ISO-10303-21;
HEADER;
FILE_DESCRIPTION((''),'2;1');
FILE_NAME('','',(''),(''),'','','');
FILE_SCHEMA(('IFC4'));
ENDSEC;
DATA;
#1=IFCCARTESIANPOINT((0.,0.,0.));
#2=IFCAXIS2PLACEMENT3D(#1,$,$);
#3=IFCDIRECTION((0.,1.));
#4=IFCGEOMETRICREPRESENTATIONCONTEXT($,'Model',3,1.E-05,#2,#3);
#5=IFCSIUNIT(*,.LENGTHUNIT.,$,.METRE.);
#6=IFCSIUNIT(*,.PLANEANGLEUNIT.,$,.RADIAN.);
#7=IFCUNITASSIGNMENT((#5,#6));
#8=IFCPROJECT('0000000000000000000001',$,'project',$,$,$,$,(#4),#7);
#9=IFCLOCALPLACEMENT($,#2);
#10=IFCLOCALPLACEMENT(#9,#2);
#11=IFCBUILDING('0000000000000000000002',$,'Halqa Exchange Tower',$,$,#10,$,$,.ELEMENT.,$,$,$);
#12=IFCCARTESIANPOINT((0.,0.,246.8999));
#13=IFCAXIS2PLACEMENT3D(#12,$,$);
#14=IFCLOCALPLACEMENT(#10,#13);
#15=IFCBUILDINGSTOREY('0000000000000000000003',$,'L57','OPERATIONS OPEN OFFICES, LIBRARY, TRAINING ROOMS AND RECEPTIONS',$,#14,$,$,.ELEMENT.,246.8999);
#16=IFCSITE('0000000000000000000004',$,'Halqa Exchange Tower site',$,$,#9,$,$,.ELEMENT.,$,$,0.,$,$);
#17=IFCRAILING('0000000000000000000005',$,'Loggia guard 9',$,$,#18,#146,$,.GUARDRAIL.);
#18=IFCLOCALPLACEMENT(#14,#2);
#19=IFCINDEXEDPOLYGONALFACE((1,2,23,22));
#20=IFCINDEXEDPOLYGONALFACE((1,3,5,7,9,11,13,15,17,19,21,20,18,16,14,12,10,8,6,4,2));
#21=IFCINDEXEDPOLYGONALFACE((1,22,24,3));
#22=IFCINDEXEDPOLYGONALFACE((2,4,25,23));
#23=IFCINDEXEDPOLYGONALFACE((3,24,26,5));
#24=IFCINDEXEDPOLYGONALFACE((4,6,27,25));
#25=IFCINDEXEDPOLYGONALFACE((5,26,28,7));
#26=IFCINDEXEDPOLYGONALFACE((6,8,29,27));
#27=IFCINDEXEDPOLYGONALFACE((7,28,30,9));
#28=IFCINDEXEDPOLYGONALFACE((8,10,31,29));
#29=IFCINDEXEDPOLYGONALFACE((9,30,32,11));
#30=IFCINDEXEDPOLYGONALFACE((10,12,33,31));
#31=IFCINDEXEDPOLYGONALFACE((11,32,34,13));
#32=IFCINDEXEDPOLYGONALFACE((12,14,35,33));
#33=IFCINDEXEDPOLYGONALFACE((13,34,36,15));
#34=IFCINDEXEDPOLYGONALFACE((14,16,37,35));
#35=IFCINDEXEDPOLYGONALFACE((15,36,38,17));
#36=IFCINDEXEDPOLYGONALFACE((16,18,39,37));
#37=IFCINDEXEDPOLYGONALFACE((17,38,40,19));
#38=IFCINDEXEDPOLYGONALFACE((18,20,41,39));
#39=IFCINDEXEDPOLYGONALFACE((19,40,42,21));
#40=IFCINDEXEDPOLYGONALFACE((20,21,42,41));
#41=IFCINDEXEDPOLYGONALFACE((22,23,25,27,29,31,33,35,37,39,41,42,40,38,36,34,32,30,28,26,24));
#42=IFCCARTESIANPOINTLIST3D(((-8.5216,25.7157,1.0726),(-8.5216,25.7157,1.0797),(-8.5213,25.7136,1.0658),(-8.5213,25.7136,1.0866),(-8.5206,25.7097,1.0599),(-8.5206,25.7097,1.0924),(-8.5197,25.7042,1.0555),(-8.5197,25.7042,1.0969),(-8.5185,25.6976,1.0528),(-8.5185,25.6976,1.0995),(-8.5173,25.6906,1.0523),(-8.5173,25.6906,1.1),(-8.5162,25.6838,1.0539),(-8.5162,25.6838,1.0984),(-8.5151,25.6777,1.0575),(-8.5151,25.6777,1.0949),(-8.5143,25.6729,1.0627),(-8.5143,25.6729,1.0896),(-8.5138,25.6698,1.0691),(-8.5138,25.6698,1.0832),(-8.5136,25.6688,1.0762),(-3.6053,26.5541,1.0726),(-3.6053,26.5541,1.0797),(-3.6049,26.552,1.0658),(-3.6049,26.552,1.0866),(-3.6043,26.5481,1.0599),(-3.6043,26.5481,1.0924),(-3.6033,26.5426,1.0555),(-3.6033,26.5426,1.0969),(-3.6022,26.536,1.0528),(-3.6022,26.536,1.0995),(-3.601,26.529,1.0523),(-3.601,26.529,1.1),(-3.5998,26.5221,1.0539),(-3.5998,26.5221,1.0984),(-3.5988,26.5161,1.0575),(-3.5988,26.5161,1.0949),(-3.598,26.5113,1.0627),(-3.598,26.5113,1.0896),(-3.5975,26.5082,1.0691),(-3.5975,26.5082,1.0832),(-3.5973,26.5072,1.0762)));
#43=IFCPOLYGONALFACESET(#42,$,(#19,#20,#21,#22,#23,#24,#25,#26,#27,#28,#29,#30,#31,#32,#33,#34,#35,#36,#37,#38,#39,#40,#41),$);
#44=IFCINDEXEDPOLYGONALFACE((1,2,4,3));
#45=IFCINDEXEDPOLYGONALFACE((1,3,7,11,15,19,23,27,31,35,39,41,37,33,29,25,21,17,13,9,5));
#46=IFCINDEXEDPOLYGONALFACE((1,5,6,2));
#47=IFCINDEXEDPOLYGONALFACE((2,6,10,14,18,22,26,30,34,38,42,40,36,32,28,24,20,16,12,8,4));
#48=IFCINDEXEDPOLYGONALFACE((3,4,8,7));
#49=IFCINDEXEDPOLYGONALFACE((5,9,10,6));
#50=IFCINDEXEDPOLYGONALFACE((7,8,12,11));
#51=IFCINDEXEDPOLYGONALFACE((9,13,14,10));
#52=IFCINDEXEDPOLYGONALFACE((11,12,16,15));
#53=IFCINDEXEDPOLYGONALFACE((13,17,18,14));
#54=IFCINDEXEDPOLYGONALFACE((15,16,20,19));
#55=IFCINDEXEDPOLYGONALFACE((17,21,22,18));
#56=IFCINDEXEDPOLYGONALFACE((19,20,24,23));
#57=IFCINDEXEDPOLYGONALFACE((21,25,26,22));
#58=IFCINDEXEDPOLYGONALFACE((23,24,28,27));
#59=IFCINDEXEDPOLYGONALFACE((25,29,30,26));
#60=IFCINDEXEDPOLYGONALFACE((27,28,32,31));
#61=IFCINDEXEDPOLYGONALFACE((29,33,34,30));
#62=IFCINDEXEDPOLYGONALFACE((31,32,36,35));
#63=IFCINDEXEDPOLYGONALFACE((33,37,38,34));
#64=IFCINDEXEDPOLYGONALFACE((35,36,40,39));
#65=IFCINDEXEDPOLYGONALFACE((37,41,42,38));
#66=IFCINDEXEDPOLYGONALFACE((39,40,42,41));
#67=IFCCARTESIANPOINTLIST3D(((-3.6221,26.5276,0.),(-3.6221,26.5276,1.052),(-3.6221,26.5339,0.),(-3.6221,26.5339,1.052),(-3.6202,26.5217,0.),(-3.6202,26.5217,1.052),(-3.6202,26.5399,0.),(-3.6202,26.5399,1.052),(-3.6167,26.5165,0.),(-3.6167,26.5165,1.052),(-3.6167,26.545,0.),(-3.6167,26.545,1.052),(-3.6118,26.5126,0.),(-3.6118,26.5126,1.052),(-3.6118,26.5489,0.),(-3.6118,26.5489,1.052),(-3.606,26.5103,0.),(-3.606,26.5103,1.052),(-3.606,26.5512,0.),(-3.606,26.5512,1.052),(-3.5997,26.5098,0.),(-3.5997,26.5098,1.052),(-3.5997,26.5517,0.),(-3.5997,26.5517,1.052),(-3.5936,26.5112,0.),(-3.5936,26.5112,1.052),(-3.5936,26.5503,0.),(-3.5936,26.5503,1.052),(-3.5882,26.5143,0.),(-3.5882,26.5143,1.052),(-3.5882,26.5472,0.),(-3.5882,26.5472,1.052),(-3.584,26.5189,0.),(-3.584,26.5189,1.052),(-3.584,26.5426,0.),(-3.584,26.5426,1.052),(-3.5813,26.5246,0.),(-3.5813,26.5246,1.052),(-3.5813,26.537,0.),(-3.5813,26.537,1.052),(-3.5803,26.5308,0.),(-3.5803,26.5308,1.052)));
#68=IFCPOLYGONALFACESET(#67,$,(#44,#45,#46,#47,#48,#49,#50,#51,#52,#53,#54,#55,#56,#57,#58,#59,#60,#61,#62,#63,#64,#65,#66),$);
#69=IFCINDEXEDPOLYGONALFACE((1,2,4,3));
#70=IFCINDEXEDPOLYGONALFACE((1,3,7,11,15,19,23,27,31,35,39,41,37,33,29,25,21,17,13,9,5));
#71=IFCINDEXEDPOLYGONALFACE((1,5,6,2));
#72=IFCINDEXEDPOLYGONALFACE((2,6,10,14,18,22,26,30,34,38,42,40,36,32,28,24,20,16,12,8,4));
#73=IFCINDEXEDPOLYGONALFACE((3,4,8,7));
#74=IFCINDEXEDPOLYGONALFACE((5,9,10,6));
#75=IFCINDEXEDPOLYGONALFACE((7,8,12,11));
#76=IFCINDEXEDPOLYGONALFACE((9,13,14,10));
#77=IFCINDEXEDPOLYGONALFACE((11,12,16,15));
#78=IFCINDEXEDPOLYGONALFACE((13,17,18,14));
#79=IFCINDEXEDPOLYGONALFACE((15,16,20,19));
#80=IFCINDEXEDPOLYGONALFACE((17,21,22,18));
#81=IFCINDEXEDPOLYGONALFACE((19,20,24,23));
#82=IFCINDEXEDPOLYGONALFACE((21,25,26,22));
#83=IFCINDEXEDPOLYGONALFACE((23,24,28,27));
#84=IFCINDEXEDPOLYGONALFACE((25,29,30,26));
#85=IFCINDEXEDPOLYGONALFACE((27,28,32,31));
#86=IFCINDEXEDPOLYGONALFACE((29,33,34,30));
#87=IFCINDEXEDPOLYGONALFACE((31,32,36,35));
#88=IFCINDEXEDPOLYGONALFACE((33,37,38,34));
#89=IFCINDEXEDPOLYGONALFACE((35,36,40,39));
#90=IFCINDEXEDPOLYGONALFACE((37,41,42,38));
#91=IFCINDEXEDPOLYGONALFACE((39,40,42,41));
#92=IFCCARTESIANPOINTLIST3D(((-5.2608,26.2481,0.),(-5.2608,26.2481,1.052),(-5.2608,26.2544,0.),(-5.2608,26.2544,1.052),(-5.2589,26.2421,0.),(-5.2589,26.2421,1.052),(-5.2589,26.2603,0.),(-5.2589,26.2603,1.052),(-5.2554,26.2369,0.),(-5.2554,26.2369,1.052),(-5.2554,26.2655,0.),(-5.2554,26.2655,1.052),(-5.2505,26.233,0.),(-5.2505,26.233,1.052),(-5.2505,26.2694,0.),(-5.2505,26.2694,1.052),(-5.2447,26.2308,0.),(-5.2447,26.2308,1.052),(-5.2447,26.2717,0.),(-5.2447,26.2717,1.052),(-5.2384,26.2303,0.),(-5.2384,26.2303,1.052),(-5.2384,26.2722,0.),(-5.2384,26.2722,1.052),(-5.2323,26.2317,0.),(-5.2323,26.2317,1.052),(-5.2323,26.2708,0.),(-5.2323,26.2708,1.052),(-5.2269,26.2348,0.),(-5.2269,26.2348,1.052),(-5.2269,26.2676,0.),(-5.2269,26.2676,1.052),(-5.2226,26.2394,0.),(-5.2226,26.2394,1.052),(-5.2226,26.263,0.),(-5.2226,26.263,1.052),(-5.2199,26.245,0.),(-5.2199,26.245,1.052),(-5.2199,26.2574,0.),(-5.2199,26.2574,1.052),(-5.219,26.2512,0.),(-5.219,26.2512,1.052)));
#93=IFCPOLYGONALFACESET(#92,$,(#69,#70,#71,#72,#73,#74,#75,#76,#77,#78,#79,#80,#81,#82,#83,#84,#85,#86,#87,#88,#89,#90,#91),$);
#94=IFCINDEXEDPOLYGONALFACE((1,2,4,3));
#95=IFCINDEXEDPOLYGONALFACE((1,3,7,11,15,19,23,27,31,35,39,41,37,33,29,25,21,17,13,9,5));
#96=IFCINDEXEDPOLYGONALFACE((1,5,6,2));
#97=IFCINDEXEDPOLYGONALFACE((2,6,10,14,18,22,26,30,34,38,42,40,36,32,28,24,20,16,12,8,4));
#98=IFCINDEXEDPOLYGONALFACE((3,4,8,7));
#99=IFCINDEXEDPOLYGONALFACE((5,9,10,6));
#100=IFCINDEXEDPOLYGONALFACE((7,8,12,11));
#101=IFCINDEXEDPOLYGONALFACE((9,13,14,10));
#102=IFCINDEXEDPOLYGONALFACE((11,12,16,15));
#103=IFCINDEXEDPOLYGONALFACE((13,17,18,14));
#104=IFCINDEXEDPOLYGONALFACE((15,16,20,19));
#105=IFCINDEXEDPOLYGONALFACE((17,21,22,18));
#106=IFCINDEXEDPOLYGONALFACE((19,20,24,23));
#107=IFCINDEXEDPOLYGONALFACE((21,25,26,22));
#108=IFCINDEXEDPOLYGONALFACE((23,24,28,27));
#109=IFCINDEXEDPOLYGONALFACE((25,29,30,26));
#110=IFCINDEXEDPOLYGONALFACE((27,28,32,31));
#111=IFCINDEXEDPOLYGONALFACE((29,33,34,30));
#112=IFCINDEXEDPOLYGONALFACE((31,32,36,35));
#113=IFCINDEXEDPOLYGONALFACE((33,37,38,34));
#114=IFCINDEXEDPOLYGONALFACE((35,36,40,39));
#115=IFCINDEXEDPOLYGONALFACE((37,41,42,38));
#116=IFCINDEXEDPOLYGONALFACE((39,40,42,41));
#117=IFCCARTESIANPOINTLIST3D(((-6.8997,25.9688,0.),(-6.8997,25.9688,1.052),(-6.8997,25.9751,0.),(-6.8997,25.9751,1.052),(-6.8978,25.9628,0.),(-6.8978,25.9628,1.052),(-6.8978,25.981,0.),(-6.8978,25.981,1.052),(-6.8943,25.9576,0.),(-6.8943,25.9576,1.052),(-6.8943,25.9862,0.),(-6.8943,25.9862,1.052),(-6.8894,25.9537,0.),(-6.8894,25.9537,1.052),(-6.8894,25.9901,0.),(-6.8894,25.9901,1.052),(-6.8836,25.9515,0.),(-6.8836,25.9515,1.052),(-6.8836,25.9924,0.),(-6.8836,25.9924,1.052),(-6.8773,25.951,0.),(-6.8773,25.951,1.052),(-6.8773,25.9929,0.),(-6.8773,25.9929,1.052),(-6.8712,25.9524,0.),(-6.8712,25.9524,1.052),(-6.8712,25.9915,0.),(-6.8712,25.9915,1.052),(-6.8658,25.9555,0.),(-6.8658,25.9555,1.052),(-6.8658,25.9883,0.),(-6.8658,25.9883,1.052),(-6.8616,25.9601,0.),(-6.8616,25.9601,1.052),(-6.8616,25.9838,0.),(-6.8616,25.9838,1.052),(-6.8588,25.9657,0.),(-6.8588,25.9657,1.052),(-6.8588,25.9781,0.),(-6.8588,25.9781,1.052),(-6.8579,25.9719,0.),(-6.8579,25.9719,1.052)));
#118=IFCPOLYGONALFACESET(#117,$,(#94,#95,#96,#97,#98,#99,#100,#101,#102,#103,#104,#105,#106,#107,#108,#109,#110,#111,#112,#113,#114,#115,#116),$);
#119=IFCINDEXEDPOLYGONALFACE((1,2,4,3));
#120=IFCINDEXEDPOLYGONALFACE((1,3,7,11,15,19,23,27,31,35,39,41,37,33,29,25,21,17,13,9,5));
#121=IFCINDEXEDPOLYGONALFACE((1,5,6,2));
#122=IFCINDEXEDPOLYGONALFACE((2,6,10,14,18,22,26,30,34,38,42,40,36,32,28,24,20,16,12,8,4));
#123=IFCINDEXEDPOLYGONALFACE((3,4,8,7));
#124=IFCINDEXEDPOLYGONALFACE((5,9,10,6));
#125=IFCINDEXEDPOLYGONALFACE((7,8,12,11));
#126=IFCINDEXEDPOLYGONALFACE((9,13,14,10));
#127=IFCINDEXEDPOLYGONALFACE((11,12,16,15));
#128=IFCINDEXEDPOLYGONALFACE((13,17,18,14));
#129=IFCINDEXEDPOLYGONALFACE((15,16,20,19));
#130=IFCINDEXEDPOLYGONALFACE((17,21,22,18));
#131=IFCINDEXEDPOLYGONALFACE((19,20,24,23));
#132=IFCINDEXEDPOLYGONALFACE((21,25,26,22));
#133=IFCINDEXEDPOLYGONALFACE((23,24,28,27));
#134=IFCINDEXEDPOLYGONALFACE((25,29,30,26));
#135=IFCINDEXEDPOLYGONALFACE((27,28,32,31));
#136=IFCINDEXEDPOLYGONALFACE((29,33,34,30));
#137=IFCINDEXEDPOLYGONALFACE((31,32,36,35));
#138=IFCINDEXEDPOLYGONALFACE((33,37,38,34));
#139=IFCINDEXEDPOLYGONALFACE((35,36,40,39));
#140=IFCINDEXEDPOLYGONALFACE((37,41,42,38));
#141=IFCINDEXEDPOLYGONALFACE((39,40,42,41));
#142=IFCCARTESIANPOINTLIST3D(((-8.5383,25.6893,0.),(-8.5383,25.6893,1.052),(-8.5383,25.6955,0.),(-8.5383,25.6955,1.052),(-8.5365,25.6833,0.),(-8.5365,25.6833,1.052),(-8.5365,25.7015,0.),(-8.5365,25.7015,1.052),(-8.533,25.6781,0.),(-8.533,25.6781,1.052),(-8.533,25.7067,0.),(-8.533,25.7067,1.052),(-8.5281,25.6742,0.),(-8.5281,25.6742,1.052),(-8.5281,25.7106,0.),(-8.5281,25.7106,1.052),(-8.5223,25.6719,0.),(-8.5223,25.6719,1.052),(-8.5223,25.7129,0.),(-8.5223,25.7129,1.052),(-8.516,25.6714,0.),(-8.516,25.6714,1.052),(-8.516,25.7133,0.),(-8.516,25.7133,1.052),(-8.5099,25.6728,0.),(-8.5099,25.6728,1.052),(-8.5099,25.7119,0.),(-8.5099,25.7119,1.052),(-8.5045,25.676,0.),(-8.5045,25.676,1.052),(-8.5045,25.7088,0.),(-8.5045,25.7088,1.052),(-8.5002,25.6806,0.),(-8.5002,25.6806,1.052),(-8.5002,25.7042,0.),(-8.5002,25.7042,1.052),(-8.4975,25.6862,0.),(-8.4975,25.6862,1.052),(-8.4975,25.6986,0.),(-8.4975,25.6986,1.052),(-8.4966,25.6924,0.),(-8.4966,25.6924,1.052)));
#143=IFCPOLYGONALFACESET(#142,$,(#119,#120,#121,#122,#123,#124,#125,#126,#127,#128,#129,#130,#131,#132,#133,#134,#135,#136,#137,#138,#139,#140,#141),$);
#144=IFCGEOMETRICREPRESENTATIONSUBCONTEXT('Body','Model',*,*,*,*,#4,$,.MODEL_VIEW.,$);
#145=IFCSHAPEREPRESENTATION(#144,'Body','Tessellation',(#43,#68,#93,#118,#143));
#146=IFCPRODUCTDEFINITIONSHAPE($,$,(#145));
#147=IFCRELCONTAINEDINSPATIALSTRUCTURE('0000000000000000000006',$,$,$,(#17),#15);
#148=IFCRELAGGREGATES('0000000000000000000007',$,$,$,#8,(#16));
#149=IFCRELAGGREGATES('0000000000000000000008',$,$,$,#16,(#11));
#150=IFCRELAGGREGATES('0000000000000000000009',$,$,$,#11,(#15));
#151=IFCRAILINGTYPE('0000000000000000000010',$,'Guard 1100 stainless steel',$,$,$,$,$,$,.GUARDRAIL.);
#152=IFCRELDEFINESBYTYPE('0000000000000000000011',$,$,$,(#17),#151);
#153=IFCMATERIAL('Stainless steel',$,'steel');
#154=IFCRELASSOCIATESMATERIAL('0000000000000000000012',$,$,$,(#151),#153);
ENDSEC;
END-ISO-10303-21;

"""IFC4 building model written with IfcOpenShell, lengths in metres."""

from ifc_helpers import new_model, si_unit, direction, frame, origin, origin_2d, place, context, subcontext, project, spatial, circle, extrude, material, type_object, element, save


model = new_model("IFC4")

# Units and contexts
model_context = context("Model", 3, precision=1e-05, world=origin(), true_north=direction((0.0, 1.0)))
body_context = subcontext(model_context, "Body", "Model", "MODEL_VIEW")
ifc_project = project(units=[si_unit("LENGTHUNIT", "METRE"), si_unit("PLANEANGLEUNIT", "RADIAN")], contexts=[model_context])

# Site, building, storey
site_placement = place(None, origin())
site = spatial("IfcSite", under=ifc_project, at=site_placement, Name="Halqa Exchange Tower site", CompositionType="ELEMENT", RefElevation=0.0)
building_placement = place(site_placement, origin())
building = spatial("IfcBuilding", under=site, at=building_placement, Name="Halqa Exchange Tower", CompositionType="ELEMENT")
storey_placement = place(building_placement, frame((0.0, 0.0, 246.8999)))
storey = spatial("IfcBuildingStorey", under=building, at=storey_placement, Name="L57", Description="OPERATIONS OPEN OFFICES, LIBRARY, TRAINING ROOMS AND RECEPTIONS", CompositionType="ELEMENT", Elevation=246.8999)

# Railing
ifc_material_1 = material(Name="Stainless steel", Category="steel")
railing_type_1 = type_object("IfcRailingType", Name="Guard 1100 stainless steel", PredefinedType="GUARDRAIL", material=ifc_material_1)
railing_1_placement = place(storey_placement, frame((-3.6013, 26.5308, 0.0)))
element("IfcRailing", 1, at=railing_1_placement, inside=storey, type_object=railing_type_1, Name="Loggia guard 9", PredefinedType="GUARDRAIL", context=body_context, shape_type="SweptSolid", body=[
    extrude(circle(Radius=0.0239, at=origin_2d()), frame((0.0, 0.0, 1.0762), z_axis=(-0.985769, -0.168105, 0.0), x_axis=(0.168105, -0.985769, 0.0)), (0.0, 0.0, 1.0), 4.9873),
    extrude(circle(Radius=0.021, at=origin_2d()), origin(), (0.0, 0.0, 1.0), 1.052),
    extrude(circle(Radius=0.021, at=origin_2d()), frame((-1.6387, -0.2795, 0.0)), (0.0, 0.0, 1.0), 1.052),
    extrude(circle(Radius=0.021, at=origin_2d()), frame((-3.2776, -0.5588, 0.0)), (0.0, 0.0, 1.0), 1.052),
    extrude(circle(Radius=0.021, at=origin_2d()), frame((-4.9163, -0.8384, 0.0)), (0.0, 0.0, 1.0), 1.052),
])

save(model, "model.ifc")
